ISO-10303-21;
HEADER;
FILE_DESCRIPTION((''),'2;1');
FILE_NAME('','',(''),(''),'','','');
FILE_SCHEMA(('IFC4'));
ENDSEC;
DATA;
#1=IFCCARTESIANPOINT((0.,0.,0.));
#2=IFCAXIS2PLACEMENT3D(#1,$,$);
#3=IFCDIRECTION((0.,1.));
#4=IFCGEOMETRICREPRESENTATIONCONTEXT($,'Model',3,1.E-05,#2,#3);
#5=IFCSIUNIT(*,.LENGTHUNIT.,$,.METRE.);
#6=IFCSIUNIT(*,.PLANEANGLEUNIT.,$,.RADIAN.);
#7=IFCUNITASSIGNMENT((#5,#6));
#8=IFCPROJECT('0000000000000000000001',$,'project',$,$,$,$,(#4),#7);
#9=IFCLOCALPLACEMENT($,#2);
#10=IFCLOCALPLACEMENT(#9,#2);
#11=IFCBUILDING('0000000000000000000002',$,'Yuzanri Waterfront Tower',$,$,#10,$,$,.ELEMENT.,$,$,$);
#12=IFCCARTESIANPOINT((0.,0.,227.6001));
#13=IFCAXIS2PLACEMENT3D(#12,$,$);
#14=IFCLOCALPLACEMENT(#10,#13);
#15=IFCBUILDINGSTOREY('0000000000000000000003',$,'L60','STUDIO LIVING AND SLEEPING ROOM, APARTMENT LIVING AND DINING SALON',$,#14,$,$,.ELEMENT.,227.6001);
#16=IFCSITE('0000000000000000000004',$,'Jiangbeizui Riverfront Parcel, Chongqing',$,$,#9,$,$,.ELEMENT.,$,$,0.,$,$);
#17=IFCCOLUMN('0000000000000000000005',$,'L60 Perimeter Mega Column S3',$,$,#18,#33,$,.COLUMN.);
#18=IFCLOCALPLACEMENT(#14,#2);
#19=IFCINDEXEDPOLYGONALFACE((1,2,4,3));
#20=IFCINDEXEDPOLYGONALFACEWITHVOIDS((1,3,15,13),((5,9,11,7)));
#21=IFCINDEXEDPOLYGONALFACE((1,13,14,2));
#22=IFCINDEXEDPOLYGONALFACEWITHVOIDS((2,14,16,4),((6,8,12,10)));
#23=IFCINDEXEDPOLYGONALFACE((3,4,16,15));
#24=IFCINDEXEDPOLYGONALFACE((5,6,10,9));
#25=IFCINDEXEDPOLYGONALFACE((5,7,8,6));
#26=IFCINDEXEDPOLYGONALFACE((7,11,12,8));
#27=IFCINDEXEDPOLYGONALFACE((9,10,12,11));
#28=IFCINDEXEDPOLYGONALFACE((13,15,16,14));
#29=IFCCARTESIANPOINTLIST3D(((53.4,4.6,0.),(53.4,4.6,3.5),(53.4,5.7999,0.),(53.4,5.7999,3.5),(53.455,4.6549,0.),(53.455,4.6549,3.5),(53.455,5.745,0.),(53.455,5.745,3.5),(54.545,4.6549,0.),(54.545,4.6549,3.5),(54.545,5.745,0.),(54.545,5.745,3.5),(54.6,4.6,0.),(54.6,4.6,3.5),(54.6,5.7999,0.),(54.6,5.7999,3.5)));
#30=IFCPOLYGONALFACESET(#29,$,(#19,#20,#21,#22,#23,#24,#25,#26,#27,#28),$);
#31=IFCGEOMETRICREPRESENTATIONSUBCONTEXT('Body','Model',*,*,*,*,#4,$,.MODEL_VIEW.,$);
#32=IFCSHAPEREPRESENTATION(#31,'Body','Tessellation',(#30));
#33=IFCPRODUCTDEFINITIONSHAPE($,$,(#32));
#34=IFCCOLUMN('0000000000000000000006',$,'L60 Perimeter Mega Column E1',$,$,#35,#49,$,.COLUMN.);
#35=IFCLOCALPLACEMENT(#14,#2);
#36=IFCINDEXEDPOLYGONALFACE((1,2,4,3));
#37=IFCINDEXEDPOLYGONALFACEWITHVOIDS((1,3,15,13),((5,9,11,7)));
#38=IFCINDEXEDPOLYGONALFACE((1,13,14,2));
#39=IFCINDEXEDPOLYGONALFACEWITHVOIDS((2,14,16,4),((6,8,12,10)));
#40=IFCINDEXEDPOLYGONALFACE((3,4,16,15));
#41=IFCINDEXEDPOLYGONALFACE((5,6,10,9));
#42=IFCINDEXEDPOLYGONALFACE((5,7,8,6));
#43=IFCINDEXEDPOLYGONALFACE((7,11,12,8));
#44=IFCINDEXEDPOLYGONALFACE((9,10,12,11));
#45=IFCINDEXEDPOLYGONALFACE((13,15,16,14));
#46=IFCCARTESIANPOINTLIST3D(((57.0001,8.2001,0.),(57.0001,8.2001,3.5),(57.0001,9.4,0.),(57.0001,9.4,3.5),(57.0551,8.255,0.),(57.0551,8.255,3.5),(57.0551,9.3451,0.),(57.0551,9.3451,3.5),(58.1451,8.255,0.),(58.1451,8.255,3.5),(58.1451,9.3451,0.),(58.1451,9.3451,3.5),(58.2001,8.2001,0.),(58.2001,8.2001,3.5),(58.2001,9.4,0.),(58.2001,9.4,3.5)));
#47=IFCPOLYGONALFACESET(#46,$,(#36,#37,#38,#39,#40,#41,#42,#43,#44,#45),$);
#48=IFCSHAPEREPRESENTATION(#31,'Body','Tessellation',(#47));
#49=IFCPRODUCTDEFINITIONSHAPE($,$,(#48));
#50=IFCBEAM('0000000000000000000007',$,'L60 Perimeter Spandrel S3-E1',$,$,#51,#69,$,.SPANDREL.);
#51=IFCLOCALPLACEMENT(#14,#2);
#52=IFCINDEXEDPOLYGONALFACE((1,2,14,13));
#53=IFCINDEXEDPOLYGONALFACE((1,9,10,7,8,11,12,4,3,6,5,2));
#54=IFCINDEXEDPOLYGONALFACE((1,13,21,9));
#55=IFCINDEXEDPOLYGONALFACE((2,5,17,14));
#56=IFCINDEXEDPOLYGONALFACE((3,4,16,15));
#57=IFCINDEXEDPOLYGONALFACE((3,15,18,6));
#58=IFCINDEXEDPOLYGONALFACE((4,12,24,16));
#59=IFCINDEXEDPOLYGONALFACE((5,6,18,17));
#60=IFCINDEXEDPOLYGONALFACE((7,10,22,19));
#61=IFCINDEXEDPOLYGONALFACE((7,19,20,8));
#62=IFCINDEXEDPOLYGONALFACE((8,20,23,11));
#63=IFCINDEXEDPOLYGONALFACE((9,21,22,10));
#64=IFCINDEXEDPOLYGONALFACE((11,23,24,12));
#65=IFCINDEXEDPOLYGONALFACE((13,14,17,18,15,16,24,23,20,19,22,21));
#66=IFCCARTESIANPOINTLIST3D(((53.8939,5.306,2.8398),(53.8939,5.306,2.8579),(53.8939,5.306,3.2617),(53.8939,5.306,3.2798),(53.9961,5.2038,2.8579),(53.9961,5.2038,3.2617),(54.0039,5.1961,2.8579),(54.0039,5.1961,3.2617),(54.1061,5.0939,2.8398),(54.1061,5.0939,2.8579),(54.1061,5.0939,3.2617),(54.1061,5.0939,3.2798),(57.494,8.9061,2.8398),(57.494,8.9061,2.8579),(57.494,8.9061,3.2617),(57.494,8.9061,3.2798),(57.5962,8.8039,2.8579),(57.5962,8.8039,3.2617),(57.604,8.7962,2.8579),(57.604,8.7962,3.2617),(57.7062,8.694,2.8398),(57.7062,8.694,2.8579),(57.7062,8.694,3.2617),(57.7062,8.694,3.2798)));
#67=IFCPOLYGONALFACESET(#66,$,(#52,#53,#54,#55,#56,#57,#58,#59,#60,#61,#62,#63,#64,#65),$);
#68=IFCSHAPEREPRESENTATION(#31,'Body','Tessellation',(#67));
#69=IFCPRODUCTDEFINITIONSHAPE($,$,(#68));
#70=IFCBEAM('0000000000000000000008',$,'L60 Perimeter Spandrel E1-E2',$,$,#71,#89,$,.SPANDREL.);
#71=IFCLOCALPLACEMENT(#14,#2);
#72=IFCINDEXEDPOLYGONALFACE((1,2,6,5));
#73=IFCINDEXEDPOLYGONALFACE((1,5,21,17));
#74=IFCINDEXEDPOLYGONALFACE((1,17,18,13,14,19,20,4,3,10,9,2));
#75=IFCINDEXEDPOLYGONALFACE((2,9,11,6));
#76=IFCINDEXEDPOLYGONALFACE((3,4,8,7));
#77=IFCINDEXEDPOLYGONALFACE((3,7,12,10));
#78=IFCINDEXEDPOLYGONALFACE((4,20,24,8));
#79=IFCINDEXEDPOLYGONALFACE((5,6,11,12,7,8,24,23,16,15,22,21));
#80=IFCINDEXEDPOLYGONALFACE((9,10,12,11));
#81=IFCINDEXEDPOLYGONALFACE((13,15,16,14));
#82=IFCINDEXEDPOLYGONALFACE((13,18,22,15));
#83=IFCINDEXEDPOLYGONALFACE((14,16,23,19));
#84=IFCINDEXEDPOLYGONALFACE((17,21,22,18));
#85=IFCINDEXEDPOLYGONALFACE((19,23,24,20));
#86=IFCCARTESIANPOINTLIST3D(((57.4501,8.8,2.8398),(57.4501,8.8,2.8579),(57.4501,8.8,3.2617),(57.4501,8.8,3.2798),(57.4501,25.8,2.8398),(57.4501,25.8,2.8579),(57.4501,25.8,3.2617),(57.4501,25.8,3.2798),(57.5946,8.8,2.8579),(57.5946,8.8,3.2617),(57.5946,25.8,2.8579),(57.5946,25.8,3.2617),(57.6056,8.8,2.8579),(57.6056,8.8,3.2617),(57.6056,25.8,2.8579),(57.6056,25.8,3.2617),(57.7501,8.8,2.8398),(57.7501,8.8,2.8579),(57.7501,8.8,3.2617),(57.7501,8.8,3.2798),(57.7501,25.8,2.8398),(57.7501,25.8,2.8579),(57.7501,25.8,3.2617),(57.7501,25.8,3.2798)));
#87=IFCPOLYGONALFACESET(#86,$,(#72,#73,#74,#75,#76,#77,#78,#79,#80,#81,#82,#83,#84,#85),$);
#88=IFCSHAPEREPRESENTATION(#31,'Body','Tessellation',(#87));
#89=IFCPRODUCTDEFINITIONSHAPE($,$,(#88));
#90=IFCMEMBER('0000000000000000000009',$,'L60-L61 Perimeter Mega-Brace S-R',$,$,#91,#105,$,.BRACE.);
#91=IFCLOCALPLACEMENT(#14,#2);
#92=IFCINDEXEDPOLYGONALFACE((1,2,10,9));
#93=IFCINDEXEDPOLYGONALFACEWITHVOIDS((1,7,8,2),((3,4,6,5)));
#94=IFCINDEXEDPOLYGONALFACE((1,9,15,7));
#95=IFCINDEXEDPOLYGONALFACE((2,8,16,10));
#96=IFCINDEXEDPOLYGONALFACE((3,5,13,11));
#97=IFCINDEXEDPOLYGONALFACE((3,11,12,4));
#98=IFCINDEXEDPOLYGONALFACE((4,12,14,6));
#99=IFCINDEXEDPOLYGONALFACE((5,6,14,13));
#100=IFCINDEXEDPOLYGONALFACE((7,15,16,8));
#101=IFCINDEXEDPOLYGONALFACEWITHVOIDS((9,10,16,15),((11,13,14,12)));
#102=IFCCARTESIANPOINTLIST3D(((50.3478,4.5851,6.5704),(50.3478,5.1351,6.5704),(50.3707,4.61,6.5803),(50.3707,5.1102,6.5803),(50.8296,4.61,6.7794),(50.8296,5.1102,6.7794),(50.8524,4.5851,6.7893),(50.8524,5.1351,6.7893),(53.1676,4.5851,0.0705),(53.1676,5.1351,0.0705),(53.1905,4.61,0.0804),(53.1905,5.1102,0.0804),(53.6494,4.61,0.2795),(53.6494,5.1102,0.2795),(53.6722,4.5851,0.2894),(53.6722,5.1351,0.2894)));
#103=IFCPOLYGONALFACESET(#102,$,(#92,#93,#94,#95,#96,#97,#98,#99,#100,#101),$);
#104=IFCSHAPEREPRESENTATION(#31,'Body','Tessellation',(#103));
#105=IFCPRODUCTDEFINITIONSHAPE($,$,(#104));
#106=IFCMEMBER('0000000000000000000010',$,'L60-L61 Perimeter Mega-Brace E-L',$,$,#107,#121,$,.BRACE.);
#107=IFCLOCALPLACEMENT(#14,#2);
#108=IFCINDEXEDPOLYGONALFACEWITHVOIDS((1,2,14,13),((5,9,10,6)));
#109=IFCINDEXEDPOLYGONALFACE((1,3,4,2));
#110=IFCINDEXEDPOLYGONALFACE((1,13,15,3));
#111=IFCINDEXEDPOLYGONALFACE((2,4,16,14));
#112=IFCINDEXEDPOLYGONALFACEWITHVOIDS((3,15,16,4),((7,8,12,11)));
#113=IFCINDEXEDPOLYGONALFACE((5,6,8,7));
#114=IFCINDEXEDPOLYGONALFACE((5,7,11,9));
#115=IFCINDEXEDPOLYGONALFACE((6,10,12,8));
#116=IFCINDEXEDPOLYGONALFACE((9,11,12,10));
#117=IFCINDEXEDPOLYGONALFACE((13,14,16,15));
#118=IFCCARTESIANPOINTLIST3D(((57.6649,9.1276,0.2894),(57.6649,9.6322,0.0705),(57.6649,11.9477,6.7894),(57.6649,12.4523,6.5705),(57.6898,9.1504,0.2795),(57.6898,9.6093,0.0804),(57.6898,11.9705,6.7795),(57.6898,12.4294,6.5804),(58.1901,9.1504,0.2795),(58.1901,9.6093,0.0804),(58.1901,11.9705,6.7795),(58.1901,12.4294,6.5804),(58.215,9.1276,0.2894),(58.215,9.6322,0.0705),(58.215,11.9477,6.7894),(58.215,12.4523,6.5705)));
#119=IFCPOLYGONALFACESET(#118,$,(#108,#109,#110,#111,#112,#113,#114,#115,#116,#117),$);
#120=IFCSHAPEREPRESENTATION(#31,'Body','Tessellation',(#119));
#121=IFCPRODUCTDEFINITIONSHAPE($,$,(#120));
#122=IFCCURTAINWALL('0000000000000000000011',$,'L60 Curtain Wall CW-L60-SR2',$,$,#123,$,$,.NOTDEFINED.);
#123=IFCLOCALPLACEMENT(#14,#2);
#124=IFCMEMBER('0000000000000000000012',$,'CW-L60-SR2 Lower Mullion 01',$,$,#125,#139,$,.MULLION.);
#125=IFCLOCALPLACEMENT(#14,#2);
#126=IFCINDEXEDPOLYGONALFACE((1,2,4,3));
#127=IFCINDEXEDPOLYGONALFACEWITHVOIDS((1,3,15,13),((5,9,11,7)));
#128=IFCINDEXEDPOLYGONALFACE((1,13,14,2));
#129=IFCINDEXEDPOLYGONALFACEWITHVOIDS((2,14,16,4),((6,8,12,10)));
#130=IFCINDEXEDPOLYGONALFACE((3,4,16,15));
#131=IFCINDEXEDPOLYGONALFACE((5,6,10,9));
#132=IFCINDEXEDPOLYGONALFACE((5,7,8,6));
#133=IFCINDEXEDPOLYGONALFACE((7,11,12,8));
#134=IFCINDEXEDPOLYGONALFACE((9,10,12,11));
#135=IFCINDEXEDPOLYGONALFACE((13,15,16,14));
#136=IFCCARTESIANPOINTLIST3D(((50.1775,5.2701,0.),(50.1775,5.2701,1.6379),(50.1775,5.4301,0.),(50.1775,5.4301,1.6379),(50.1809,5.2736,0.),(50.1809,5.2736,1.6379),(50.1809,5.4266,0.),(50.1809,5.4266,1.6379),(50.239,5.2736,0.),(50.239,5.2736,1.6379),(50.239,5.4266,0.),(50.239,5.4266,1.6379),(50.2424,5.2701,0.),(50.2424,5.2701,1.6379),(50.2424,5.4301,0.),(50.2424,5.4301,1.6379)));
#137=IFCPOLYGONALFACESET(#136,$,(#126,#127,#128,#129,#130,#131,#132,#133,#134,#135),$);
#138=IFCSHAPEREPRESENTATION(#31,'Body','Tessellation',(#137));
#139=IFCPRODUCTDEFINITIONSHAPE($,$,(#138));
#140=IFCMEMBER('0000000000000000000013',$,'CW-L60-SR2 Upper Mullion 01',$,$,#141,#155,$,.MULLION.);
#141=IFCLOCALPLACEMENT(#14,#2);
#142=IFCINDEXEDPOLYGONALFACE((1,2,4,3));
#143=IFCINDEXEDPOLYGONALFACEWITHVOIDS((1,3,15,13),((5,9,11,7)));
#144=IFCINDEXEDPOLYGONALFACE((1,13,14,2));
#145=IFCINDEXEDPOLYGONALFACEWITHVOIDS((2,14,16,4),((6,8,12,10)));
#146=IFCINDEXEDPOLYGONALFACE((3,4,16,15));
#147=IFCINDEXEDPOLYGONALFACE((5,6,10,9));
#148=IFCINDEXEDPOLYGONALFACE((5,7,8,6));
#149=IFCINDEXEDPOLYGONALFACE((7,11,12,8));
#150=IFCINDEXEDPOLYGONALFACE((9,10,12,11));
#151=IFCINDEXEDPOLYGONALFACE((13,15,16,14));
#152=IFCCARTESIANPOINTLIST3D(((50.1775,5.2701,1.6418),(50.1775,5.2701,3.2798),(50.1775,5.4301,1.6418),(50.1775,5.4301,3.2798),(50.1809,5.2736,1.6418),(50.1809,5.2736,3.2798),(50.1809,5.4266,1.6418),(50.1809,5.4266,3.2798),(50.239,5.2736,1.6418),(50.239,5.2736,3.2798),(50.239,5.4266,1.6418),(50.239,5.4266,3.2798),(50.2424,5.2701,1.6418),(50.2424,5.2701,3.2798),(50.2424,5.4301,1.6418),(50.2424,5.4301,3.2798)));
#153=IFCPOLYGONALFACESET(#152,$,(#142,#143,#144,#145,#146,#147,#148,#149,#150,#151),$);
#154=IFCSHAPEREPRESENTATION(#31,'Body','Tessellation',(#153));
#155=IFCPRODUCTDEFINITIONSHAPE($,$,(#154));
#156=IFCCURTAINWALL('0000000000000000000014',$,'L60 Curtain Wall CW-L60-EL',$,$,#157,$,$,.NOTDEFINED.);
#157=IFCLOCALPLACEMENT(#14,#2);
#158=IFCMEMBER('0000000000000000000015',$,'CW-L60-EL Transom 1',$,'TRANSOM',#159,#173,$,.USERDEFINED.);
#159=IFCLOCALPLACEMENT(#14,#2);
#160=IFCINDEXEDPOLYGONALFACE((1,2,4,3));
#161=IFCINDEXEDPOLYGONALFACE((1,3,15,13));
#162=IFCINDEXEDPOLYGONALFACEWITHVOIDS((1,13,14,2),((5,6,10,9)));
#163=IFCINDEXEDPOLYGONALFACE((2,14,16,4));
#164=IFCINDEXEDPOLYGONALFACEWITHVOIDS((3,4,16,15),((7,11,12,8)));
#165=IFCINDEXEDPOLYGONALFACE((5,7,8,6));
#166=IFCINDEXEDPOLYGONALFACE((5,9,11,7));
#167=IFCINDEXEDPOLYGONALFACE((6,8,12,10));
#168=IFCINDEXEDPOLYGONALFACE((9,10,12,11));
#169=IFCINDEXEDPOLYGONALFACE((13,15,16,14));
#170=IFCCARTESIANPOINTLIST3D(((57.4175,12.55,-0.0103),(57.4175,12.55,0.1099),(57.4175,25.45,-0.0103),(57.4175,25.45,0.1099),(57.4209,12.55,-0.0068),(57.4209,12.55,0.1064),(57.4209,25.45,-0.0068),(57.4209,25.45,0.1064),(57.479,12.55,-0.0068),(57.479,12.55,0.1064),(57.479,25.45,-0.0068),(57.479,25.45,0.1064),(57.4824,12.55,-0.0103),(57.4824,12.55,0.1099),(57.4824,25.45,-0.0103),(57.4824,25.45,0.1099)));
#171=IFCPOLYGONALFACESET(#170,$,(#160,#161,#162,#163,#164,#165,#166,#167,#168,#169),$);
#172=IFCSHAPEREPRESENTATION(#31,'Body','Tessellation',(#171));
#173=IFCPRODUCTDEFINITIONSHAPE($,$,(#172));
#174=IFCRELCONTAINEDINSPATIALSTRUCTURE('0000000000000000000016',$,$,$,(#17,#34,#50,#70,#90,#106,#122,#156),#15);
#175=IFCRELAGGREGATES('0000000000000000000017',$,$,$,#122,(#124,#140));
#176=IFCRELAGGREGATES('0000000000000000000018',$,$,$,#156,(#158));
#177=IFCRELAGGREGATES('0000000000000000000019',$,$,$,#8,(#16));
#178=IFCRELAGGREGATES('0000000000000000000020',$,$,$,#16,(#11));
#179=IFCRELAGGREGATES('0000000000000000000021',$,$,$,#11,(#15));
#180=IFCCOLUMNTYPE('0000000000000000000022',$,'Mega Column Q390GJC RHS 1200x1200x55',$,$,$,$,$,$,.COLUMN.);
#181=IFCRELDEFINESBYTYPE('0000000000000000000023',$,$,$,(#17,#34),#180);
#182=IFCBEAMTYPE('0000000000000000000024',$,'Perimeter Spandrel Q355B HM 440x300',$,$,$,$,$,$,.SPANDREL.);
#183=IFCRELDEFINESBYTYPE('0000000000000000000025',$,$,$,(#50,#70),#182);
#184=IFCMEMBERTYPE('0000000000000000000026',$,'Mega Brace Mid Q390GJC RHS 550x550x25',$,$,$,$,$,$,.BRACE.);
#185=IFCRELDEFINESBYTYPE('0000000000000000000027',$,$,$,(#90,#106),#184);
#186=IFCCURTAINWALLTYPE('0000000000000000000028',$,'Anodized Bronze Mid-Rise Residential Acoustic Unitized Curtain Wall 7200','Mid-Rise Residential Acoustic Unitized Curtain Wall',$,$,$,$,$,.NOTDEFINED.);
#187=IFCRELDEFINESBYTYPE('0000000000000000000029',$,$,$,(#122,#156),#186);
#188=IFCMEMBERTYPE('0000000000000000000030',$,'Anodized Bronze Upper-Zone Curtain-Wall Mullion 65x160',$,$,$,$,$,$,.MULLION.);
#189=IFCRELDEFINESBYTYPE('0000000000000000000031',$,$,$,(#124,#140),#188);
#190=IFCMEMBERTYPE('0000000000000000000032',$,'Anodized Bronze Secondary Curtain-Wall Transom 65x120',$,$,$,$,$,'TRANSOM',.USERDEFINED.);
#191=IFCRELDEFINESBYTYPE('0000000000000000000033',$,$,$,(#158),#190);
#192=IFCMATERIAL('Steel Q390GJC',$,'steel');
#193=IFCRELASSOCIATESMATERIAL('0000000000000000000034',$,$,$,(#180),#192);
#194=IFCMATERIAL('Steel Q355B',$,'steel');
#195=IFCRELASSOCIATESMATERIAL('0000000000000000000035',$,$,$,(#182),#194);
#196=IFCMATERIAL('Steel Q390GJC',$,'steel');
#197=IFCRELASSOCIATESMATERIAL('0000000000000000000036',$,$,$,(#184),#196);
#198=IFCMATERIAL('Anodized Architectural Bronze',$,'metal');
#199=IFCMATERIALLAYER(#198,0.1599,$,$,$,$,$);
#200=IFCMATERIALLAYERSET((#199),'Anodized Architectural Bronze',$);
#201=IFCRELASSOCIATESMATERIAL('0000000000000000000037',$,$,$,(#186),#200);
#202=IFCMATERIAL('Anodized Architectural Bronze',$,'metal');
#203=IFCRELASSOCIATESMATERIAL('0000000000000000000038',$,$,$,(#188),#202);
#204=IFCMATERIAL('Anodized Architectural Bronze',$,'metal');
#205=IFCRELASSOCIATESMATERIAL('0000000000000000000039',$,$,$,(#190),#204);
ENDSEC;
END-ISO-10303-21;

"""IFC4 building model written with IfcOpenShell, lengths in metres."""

from ifc_helpers import new_model, si_unit, direction, frame, origin, origin_2d, place, context, subcontext, project, spatial, hollow_rectangle, i_section, extrude, source, transform, mapped, material, layer, layer_set, material_profile, profile_set, type_object, element, aggregate, save


model = new_model("IFC4")

# Units and contexts
model_context = context("Model", 3, precision=1e-05, world=origin(), true_north=direction((0.0, 1.0)))
body_context = subcontext(model_context, "Body", "Model", "MODEL_VIEW")
ifc_project = project(units=[si_unit("LENGTHUNIT", "METRE"), si_unit("PLANEANGLEUNIT", "RADIAN")], contexts=[model_context])

# Site, building, storey
site_placement = place(None, origin())
site = spatial("IfcSite", under=ifc_project, at=site_placement, Name="Jiangbeizui Riverfront Parcel, Chongqing", CompositionType="ELEMENT", RefElevation=0.0)
building_placement = place(site_placement, origin())
building = spatial("IfcBuilding", under=site, at=building_placement, Name="Yuzanri Waterfront Tower", CompositionType="ELEMENT")
storey_placement = place(building_placement, frame((0.0, 0.0, 227.6001)))
storey = spatial("IfcBuildingStorey", under=building, at=storey_placement, Name="L60", Description="STUDIO LIVING AND SLEEPING ROOM, APARTMENT LIVING AND DINING SALON", CompositionType="ELEMENT", Elevation=227.6001)

# Columns
ifc_material_1 = material(Name="Steel Q390GJC", Category="steel")
ifc_material_profile_1 = material_profile(ifc_material_1, hollow_rectangle(XDim=1.2, YDim=1.2, WallThickness=0.0549, at=origin_2d()), Name="RHS 1200x1200x55")
ifc_profile_set_1 = profile_set([ifc_material_profile_1], Name="Steel Q390GJC")
column_type = type_object("IfcColumnType", Name="Mega Column Q390GJC RHS 1200x1200x55", PredefinedType="COLUMN", material=ifc_profile_set_1)
shared_shape_1 = source(origin(), body_context, "Body", "SweptSolid", [
    extrude(hollow_rectangle(XDim=1.2, YDim=1.2, WallThickness=0.0549, at=origin_2d()), origin(), (0.0, 0.0, 1.0), 3.5),
])
for number, where, z_axis, x_axis, name in (
    (1, (54.0, 5.2, 0.0), (0.0, 0.0, 1.0), (1.0, 0.0, 0.0), "L60 Perimeter Mega Column S3"),
    (2, (57.6001, 8.8, 0.0), (0.0, 0.0, 1.0), (1.0, 0.0, 0.0), "L60 Perimeter Mega Column E1"),
):
    element("IfcColumn", number, at=place(storey_placement, frame(where, z_axis=z_axis, x_axis=x_axis)), inside=storey, type_object=column_type, Name=name, PredefinedType="COLUMN", context=body_context, shape_type="MappedRepresentation", body=[
        mapped(shared_shape_1, transform((0.0, 0.0, 0.0), scale=1.0)),
    ])

# Beams
ifc_material_2 = material(Name="Steel Q355B", Category="steel")
ifc_material_profile_2 = material_profile(ifc_material_2, i_section(OverallWidth=0.3, OverallDepth=0.4399, WebThickness=0.011, FlangeThickness=0.0181, at=origin_2d()), Name="HM 440x300x11x18")
ifc_profile_set_2 = profile_set([ifc_material_profile_2], Name="Steel Q355B")
beam_type = type_object("IfcBeamType", Name="Perimeter Spandrel Q355B HM 440x300", PredefinedType="SPANDREL", material=ifc_profile_set_2)
shared_shape_2 = source(origin(), body_context, "Body", "SweptSolid", [
    extrude(i_section(OverallWidth=0.3, OverallDepth=0.4399, WebThickness=0.011, FlangeThickness=0.0181, at=origin_2d()), origin(), (0.0, 0.0, 1.0), 5.0913),
])
beam_1_placement = place(storey_placement, frame((54.0, 5.2, 3.0598), z_axis=(0.707107, 0.707107, 0.0), x_axis=(-0.707107, 0.707107, 0.0)))
element("IfcBeam", 3, at=beam_1_placement, inside=storey, type_object=beam_type, Name="L60 Perimeter Spandrel S3-E1", PredefinedType="SPANDREL", context=body_context, shape_type="MappedRepresentation", body=[
    mapped(shared_shape_2, transform((0.0, 0.0, 0.0), scale=1.0)),
])
shared_shape_3 = source(origin(), body_context, "Body", "SweptSolid", [
    extrude(i_section(OverallWidth=0.3, OverallDepth=0.4399, WebThickness=0.011, FlangeThickness=0.0181, at=origin_2d()), origin(), (0.0, 0.0, 1.0), 17.0),
])
beam_2_placement = place(storey_placement, frame((57.6001, 8.8, 3.0598), z_axis=(0.0, 1.0, 0.0), x_axis=(-1.0, 0.0, 0.0)))
element("IfcBeam", 4, at=beam_2_placement, inside=storey, type_object=beam_type, Name="L60 Perimeter Spandrel E1-E2", PredefinedType="SPANDREL", context=body_context, shape_type="MappedRepresentation", body=[
    mapped(shared_shape_3, transform((0.0, 0.0, 0.0), scale=1.0)),
])

# Members
ifc_material_3 = material(Name="Steel Q390GJC", Category="steel")
ifc_material_profile_3 = material_profile(ifc_material_3, hollow_rectangle(XDim=0.55, YDim=0.55, WallThickness=0.0249, at=origin_2d()), Name="RHS 550x550x25")
ifc_profile_set_3 = profile_set([ifc_material_profile_3], Name="Steel Q390GJC")
member_type_1 = type_object("IfcMemberType", Name="Mega Brace Mid Q390GJC RHS 550x550x25", PredefinedType="BRACE", material=ifc_profile_set_3)
shared_shape_4 = source(origin(), body_context, "Body", "SweptSolid", [
    extrude(hollow_rectangle(XDim=0.55, YDim=0.55, WallThickness=0.0249, at=origin_2d()), origin(), (0.0, 0.0, 1.0), 7.0852),
])
member_1_placement = place(storey_placement, frame((53.4199, 4.8601, 0.1799), z_axis=(-0.397983, 0.0, 0.917393), x_axis=(0.0, -1.0, 0.0)))
element("IfcMember", 5, at=member_1_placement, inside=storey, type_object=member_type_1, Name="L60-L61 Perimeter Mega-Brace S-R", PredefinedType="BRACE", context=body_context, shape_type="MappedRepresentation", body=[
    mapped(shared_shape_4, transform((0.0, 0.0, 0.0), scale=1.0)),
])
shared_shape_5 = source(origin(), body_context, "Body", "SweptSolid", [
    extrude(hollow_rectangle(XDim=0.55, YDim=0.55, WallThickness=0.0249, at=origin_2d()), origin(), (0.0, 0.0, 1.0), 7.0854),
])
member_2_placement = place(storey_placement, frame((57.9399, 9.3799, 0.1799), z_axis=(0.0, 0.398012, 0.91738), x_axis=(-1.0, 0.0, 0.0)))
element("IfcMember", 6, at=member_2_placement, inside=storey, type_object=member_type_1, Name="L60-L61 Perimeter Mega-Brace E-L", PredefinedType="BRACE", context=body_context, shape_type="MappedRepresentation", body=[
    mapped(shared_shape_5, transform((0.0, 0.0, 0.0), scale=1.0)),
])

# Curtain walls, members
ifc_material_4 = material(Name="Anodized Architectural Bronze", Category="metal")
ifc_layer_1 = layer(ifc_material_4, 0.1599)
ifc_layer_set_1 = layer_set([ifc_layer_1], Name="Anodized Architectural Bronze")
curtain_wall_type = type_object("IfcCurtainWallType", Name="Anodized Bronze Mid-Rise Residential Acoustic Unitized Curtain Wall 7200", Description="Mid-Rise Residential Acoustic Unitized Curtain Wall", PredefinedType="NOTDEFINED", material=ifc_layer_set_1)
curtain_wall_1_placement = place(storey_placement, origin())
curtain_wall_1 = element("IfcCurtainWall", 7, at=curtain_wall_1_placement, inside=storey, type_object=curtain_wall_type, Name="L60 Curtain Wall CW-L60-SR2", PredefinedType="NOTDEFINED")
ifc_material_5 = material(Name="Anodized Architectural Bronze", Category="metal")
ifc_material_profile_4 = material_profile(ifc_material_5, hollow_rectangle(XDim=0.0649, YDim=0.1599, WallThickness=0.0034, at=origin_2d()), Name="CWM 65x160")
ifc_profile_set_4 = profile_set([ifc_material_profile_4], Name="Anodized Architectural Bronze")
member_type_2 = type_object("IfcMemberType", Name="Anodized Bronze Upper-Zone Curtain-Wall Mullion 65x160", PredefinedType="MULLION", material=ifc_profile_set_4)
shared_shape_6 = source(origin(), body_context, "Body", "SweptSolid", [
    extrude(hollow_rectangle(XDim=0.0649, YDim=0.1599, WallThickness=0.0034, at=origin_2d()), origin(), (0.0, 0.0, 1.0), 1.6379),
])
member_3_placement = place(storey_placement, frame((50.21, 5.3501, 0.0), z_axis=(0.0, 0.0, 1.0), x_axis=(1.0, 0.0, 0.0)))
member_3 = element("IfcMember", 8, at=member_3_placement, type_object=member_type_2, Name="CW-L60-SR2 Lower Mullion 01", PredefinedType="MULLION", context=body_context, shape_type="MappedRepresentation", body=[
    mapped(shared_shape_6, transform((0.0, 0.0, 0.0), scale=1.0)),
])
member_4_placement = place(storey_placement, frame((50.21, 5.3501, 1.6418), z_axis=(0.0, 0.0, 1.0), x_axis=(1.0, 0.0, 0.0)))
member_4 = element("IfcMember", 9, at=member_4_placement, type_object=member_type_2, Name="CW-L60-SR2 Upper Mullion 01", PredefinedType="MULLION", context=body_context, shape_type="MappedRepresentation", body=[
    mapped(shared_shape_6, transform((0.0, 0.0, 0.0), scale=1.0)),
])
aggregate(curtain_wall_1, [member_3, member_4])
curtain_wall_2_placement = place(storey_placement, origin())
curtain_wall_2 = element("IfcCurtainWall", 10, at=curtain_wall_2_placement, inside=storey, type_object=curtain_wall_type, Name="L60 Curtain Wall CW-L60-EL", PredefinedType="NOTDEFINED")
ifc_material_6 = material(Name="Anodized Architectural Bronze", Category="metal")
ifc_material_profile_5 = material_profile(ifc_material_6, hollow_rectangle(XDim=0.0649, YDim=0.1201, WallThickness=0.0034, at=origin_2d()), Name="CWT 65x120")
ifc_profile_set_5 = profile_set([ifc_material_profile_5], Name="Anodized Architectural Bronze")
member_type_3 = type_object("IfcMemberType", Name="Anodized Bronze Secondary Curtain-Wall Transom 65x120", ElementType="TRANSOM", PredefinedType="USERDEFINED", material=ifc_profile_set_5)
shared_shape_7 = source(origin(), body_context, "Body", "SweptSolid", [
    extrude(hollow_rectangle(XDim=0.0649, YDim=0.1201, WallThickness=0.0034, at=origin_2d()), origin(), (0.0, 0.0, 1.0), 12.8999),
])
member_5_placement = place(storey_placement, frame((57.45, 12.55, 0.0498), z_axis=(0.0, 1.0, 0.0), x_axis=(-1.0, 0.0, 0.0)))
member_5 = element("IfcMember", 11, at=member_5_placement, type_object=member_type_3, Name="CW-L60-EL Transom 1", ObjectType="TRANSOM", PredefinedType="USERDEFINED", context=body_context, shape_type="MappedRepresentation", body=[
    mapped(shared_shape_7, transform((0.0, 0.0, 0.0), scale=1.0)),
])
aggregate(curtain_wall_2, [member_5])

save(model, "model.ifc")
